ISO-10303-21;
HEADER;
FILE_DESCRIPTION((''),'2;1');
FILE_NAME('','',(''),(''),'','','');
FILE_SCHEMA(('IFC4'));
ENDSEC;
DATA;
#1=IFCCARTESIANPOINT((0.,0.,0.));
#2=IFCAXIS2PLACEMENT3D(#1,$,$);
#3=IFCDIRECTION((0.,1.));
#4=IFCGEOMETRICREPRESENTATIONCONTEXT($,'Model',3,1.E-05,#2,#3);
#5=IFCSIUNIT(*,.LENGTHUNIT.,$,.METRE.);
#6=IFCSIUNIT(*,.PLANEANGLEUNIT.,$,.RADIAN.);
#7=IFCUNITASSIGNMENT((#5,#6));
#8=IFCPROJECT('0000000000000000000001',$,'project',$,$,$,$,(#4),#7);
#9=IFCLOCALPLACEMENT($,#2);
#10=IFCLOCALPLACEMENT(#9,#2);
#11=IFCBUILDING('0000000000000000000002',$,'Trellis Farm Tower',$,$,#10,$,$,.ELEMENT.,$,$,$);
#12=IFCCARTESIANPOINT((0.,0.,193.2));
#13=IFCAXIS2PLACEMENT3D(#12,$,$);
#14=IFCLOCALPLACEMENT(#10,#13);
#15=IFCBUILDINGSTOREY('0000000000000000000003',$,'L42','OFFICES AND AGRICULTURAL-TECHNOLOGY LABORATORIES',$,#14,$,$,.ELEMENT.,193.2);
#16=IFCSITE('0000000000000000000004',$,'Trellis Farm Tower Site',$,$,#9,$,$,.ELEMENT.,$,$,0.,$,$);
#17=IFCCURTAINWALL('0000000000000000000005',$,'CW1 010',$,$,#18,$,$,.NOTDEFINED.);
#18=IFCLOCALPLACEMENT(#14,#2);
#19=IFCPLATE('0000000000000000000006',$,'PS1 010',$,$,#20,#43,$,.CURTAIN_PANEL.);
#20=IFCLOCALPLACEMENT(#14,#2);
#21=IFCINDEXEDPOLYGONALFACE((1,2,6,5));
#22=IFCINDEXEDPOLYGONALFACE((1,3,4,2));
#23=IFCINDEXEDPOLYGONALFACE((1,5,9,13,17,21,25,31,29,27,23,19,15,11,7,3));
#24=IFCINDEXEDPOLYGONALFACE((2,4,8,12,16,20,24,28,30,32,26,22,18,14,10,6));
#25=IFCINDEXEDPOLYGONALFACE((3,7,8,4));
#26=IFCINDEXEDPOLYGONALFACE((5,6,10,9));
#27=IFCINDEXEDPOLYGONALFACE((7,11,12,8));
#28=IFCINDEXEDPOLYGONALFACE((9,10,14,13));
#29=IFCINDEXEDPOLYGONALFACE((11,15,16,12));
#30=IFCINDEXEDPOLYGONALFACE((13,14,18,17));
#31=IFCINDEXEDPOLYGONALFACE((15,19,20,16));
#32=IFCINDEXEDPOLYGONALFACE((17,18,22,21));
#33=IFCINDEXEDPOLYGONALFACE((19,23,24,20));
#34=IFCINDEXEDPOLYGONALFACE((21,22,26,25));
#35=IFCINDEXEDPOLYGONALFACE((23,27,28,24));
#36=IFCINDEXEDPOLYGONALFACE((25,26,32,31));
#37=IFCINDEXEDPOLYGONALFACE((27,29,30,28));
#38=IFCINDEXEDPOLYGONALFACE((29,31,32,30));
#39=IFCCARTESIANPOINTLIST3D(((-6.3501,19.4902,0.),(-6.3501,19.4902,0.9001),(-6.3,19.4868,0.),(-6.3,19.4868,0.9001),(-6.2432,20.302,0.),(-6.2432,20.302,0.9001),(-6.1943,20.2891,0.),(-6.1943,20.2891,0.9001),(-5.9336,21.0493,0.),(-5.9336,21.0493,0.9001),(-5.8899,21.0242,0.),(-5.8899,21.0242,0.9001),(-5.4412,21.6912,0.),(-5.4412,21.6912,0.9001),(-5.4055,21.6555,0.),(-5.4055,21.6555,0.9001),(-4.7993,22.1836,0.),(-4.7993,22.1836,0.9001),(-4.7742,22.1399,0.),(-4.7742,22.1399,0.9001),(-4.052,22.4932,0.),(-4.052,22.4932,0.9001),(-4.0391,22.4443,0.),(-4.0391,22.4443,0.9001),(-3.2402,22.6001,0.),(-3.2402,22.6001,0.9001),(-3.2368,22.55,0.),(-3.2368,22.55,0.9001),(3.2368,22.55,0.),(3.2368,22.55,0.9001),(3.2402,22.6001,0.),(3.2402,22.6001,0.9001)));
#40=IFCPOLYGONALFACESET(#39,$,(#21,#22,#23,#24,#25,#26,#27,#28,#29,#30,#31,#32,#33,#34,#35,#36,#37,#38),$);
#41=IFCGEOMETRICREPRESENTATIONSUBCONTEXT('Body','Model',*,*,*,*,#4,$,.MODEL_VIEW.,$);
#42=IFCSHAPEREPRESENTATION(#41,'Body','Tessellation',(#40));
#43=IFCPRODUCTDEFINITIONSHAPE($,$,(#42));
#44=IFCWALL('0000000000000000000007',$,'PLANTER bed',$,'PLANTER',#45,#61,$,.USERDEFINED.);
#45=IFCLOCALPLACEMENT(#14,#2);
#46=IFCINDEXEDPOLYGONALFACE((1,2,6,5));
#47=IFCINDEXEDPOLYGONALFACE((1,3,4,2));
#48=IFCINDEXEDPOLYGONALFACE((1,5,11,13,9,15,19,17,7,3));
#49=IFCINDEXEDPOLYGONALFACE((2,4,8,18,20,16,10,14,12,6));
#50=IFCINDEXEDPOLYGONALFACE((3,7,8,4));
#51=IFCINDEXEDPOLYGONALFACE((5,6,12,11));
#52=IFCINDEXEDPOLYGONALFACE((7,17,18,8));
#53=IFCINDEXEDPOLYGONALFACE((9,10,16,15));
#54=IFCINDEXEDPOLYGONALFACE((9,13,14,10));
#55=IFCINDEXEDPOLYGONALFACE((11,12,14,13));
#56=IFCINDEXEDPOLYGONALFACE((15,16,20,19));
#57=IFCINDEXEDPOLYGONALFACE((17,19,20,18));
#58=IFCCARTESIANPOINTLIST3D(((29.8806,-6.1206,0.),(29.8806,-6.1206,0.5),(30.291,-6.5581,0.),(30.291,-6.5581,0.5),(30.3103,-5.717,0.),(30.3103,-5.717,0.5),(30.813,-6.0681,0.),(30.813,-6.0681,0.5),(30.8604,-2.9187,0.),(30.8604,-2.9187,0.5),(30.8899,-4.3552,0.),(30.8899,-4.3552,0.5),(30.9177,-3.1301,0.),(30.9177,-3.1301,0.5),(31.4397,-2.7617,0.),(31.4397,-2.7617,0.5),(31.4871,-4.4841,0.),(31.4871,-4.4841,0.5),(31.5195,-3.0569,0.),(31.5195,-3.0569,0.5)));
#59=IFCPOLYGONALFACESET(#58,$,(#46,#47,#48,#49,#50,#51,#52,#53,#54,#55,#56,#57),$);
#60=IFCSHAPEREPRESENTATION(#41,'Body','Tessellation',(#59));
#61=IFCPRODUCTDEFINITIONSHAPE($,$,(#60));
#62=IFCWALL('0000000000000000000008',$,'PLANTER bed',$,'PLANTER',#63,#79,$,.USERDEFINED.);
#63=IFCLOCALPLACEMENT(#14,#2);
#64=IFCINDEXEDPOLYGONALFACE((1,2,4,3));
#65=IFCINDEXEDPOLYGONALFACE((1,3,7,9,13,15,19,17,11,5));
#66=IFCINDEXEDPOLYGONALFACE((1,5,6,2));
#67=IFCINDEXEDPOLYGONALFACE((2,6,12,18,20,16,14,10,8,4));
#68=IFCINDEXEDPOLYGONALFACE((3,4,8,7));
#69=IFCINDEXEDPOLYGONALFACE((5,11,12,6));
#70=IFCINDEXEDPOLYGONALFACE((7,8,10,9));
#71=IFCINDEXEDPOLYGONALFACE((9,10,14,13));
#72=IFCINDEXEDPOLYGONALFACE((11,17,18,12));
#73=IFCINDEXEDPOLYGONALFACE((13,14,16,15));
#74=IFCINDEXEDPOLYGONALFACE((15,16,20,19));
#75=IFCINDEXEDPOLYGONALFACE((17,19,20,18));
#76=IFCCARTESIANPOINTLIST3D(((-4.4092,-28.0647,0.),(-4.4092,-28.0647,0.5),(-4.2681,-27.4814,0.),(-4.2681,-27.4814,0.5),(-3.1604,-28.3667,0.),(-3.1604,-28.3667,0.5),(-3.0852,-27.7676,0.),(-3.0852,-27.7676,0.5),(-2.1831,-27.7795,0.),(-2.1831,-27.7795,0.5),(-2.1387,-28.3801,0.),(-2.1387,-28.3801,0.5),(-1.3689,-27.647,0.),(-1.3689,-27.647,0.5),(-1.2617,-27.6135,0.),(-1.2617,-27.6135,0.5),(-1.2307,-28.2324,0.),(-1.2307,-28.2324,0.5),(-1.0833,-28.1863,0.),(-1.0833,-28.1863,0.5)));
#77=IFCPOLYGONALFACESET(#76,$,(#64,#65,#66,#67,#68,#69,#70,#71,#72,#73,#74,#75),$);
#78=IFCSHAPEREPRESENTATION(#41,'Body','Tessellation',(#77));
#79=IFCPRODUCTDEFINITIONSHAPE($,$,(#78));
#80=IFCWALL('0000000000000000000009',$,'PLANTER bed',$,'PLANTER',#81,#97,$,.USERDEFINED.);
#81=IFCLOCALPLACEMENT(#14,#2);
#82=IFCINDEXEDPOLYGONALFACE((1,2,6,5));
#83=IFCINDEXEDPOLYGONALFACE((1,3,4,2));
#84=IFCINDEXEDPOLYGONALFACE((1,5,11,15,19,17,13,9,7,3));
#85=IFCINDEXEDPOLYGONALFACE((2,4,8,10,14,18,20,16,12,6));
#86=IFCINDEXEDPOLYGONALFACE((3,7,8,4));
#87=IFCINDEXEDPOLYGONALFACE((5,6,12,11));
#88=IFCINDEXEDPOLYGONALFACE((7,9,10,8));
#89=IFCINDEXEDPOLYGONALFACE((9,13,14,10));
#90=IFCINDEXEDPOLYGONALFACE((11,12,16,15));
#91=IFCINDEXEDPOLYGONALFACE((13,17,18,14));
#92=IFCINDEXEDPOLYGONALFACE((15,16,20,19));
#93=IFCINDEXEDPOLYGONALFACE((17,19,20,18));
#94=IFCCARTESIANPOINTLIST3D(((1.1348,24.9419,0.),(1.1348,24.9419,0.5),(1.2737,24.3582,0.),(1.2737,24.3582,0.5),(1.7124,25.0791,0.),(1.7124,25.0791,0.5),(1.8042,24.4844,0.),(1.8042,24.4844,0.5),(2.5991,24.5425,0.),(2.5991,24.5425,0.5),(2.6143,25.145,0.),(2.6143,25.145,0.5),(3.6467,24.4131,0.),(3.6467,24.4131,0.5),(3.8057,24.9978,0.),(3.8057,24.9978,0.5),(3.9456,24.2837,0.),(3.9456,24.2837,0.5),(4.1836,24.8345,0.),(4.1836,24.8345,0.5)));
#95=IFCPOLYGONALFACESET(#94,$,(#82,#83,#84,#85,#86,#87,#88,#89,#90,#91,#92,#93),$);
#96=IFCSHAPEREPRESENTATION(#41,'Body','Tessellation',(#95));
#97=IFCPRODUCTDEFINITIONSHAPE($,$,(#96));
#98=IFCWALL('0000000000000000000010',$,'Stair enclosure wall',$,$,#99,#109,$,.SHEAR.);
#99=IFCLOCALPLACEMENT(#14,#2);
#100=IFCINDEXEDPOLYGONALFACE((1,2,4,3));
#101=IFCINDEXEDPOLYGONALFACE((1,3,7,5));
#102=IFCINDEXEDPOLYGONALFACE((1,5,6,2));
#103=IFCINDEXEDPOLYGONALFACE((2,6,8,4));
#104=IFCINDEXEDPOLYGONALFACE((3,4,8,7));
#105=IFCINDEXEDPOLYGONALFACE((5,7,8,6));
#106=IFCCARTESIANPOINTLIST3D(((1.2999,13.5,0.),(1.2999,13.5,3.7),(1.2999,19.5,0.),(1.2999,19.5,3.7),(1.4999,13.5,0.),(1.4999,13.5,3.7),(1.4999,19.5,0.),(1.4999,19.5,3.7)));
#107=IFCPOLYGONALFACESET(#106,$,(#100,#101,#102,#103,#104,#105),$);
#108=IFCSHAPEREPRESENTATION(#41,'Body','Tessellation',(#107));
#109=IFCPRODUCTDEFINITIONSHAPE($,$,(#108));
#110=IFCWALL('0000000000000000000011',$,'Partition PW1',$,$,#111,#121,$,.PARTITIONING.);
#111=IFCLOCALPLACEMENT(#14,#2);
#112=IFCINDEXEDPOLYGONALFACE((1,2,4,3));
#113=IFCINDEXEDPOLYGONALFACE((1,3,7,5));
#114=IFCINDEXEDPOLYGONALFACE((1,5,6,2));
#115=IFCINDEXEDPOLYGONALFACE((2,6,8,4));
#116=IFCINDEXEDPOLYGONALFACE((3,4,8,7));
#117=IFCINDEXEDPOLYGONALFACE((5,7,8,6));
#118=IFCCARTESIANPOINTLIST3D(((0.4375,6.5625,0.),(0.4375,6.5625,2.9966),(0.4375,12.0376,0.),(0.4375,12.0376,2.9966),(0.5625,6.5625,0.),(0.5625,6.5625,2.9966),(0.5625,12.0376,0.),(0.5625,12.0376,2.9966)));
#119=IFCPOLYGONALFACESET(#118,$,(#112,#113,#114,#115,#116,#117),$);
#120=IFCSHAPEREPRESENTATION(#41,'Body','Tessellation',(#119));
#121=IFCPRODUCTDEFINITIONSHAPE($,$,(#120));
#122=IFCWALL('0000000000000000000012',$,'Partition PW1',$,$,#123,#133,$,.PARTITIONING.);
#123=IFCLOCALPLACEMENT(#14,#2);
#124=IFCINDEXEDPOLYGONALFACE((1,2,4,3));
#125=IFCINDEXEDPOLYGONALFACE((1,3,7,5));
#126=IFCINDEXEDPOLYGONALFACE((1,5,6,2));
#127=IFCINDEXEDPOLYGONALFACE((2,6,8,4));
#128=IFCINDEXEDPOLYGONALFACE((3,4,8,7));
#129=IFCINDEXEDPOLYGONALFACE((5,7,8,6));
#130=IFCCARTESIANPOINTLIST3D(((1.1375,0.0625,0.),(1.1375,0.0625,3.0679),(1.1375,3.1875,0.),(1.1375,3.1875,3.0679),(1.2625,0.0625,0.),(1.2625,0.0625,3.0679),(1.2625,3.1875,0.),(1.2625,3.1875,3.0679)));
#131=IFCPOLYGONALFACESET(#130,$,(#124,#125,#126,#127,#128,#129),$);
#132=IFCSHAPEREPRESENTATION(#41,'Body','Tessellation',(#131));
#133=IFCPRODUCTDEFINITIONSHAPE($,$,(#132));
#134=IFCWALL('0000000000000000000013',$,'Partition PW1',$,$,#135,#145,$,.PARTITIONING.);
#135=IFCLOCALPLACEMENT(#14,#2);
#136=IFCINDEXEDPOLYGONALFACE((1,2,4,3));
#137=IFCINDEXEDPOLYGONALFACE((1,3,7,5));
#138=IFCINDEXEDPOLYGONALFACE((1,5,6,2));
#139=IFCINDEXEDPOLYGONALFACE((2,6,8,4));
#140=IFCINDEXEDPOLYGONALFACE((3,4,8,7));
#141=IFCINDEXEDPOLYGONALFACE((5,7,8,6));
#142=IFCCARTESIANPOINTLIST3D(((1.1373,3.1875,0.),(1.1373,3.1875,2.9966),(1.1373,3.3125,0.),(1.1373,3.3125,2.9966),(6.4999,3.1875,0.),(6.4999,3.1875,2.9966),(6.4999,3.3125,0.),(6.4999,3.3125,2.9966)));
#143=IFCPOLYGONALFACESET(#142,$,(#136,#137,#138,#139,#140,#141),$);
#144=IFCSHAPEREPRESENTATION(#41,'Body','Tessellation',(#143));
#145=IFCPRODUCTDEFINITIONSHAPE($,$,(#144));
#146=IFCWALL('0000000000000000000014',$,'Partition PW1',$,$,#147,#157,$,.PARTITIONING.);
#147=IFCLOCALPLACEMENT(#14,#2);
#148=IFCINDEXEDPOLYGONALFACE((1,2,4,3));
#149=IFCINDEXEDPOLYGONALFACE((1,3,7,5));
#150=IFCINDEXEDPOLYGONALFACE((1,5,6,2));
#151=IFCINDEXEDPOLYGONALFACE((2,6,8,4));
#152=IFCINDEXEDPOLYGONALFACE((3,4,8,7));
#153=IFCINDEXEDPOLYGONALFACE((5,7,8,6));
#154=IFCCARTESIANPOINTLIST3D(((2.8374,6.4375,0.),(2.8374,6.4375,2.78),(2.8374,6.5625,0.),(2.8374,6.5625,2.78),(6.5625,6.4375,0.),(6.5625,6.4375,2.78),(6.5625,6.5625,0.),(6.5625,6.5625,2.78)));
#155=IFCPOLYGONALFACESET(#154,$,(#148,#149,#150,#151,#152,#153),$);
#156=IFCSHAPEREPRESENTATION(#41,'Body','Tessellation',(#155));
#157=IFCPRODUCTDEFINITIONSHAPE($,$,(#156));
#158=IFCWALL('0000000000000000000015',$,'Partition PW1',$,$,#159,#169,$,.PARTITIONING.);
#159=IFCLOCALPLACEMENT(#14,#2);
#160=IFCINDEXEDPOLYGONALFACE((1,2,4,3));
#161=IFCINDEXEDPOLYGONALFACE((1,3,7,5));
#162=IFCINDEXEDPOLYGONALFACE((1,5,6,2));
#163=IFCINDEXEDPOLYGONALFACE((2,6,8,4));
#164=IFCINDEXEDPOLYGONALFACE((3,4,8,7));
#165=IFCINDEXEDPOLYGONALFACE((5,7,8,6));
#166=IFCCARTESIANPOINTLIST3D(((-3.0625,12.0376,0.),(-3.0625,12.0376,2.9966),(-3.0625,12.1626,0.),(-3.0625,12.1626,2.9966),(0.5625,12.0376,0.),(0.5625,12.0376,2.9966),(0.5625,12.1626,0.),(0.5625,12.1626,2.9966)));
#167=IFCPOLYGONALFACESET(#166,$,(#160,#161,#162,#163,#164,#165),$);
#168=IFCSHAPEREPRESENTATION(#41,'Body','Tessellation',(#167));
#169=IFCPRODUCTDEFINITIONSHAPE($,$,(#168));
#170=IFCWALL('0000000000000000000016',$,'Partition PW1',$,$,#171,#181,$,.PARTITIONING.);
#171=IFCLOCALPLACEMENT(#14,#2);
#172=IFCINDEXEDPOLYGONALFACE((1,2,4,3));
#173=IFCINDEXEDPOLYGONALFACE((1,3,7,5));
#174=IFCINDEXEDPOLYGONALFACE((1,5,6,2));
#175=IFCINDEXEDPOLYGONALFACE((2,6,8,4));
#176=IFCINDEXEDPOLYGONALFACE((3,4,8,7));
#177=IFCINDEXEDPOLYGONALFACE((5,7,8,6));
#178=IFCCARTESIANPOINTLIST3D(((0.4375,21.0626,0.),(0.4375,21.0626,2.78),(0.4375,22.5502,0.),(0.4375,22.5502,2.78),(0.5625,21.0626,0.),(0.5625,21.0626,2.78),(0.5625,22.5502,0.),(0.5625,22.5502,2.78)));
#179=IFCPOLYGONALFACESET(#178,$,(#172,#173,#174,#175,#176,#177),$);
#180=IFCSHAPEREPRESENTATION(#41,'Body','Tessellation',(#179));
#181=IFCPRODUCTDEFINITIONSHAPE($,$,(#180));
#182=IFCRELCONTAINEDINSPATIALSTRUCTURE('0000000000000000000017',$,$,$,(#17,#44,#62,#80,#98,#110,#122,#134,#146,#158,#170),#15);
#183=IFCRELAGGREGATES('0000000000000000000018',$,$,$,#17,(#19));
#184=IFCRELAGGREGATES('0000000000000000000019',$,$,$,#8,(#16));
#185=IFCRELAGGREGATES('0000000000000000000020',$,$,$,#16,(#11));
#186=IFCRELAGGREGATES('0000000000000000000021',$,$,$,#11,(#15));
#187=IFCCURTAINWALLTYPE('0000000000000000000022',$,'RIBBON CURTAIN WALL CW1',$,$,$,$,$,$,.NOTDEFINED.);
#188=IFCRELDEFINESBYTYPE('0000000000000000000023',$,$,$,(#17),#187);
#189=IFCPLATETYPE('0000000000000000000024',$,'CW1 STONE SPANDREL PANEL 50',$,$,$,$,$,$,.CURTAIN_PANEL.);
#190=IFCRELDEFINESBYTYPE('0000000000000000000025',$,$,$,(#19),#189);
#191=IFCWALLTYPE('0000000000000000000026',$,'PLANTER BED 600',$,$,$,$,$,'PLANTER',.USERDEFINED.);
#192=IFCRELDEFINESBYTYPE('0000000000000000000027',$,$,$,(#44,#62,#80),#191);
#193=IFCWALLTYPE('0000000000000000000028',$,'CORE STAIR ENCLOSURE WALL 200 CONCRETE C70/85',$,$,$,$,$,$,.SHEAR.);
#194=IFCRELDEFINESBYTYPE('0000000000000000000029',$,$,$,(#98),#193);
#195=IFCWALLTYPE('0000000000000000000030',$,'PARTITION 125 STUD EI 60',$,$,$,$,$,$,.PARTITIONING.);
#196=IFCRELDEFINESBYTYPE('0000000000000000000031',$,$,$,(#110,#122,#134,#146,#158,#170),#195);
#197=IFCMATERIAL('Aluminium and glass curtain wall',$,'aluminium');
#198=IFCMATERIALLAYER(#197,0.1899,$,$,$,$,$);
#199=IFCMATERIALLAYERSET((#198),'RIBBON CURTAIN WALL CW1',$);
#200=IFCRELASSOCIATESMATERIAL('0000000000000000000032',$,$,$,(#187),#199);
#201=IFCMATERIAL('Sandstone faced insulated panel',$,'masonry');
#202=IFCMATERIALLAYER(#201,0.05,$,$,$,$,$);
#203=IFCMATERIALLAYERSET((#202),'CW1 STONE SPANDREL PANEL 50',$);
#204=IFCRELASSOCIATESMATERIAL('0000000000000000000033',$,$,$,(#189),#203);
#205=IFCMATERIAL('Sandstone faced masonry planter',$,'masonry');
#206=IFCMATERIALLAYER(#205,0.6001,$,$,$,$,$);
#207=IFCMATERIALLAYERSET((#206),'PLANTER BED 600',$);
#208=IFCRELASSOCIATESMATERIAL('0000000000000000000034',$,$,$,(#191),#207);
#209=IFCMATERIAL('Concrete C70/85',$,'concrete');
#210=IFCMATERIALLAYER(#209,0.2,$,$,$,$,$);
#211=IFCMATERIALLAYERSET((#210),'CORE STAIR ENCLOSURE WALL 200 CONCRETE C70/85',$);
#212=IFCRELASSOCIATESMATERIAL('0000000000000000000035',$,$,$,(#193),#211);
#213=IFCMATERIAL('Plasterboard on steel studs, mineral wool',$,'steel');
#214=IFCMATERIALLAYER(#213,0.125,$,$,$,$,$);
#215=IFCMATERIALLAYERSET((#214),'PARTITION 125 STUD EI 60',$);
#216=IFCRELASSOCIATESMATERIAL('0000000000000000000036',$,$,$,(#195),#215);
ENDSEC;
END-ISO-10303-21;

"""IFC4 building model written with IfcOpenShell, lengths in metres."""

from ifc_helpers import new_model, si_unit, direction, frame, frame_2d, origin, place, context, subcontext, project, spatial, polyline, rectangle, outline, extrude, source, transform, mapped, material, layer, layer_set, type_object, element, aggregate, save


model = new_model("IFC4")

# Units and contexts
model_context = context("Model", 3, precision=1e-05, world=origin(), true_north=direction((0.0, 1.0)))
body_context = subcontext(model_context, "Body", "Model", "MODEL_VIEW")
ifc_project = project(units=[si_unit("LENGTHUNIT", "METRE"), si_unit("PLANEANGLEUNIT", "RADIAN")], contexts=[model_context])

# Site, building, storey
site_placement = place(None, origin())
site = spatial("IfcSite", under=ifc_project, at=site_placement, Name="Trellis Farm Tower Site", CompositionType="ELEMENT", RefElevation=0.0)
building_placement = place(site_placement, origin())
building = spatial("IfcBuilding", under=site, at=building_placement, Name="Trellis Farm Tower", CompositionType="ELEMENT")
storey_placement = place(building_placement, frame((0.0, 0.0, 193.2)))
storey = spatial("IfcBuildingStorey", under=building, at=storey_placement, Name="L42", Description="OFFICES AND AGRICULTURAL-TECHNOLOGY LABORATORIES", CompositionType="ELEMENT", Elevation=193.2)

# Curtain wall
ifc_material_1 = material(Name="Aluminium and glass curtain wall", Category="aluminium")
placement_1 = place(storey_placement, origin())
ifc_layer_1 = layer(ifc_material_1, 0.1899)
ifc_layer_set_1 = layer_set([ifc_layer_1], Name="RIBBON CURTAIN WALL CW1")
curtain_wall_type_1 = type_object("IfcCurtainWallType", Name="RIBBON CURTAIN WALL CW1", PredefinedType="NOTDEFINED", material=ifc_layer_set_1)
curtain_wall_1 = element("IfcCurtainWall", 1, at=placement_1, inside=storey, type_object=curtain_wall_type_1, Name="CW1 010", PredefinedType="NOTDEFINED")

# Plate
ifc_material_2 = material(Name="Sandstone faced insulated panel", Category="masonry")
ifc_layer_2 = layer(ifc_material_2, 0.05)
ifc_layer_set_2 = layer_set([ifc_layer_2], Name="CW1 STONE SPANDREL PANEL 50")
plate_type_1 = type_object("IfcPlateType", Name="CW1 STONE SPANDREL PANEL 50", PredefinedType="CURTAIN_PANEL", material=ifc_layer_set_2)
shared_shape_1 = source(origin(), body_context, "Body", "SweptSolid", [
    extrude(outline(polyline([(3.2402, 22.6001), (-3.2402, 22.6001), (-4.052, 22.4932), (-4.7993, 22.1836), (-5.4412, 21.6912), (-5.9336, 21.0493), (-6.2432, 20.302), (-6.3501, 19.4902), (-6.3, 19.4868), (-6.1943, 20.2891), (-5.8899, 21.0242), (-5.4055, 21.6555), (-4.7742, 22.1399), (-4.0391, 22.4443), (-3.2368, 22.55), (3.2368, 22.55), (3.2402, 22.6001)])), origin(), (0.0, 0.0, 1.0), 0.9001),
])
plate_1 = element("IfcPlate", 2, at=placement_1, type_object=plate_type_1, Name="PS1 010", PredefinedType="CURTAIN_PANEL", context=body_context, shape_type="MappedRepresentation", body=[
    mapped(shared_shape_1, transform((0.0, 0.0, 0.0))),
])
aggregate(curtain_wall_1, [plate_1])

# Walls
ifc_material_3 = material(Name="Sandstone faced masonry planter", Category="masonry")
ifc_layer_3 = layer(ifc_material_3, 0.6001)
ifc_layer_set_3 = layer_set([ifc_layer_3], Name="PLANTER BED 600")
wall_type_1 = type_object("IfcWallType", Name="PLANTER BED 600", ElementType="PLANTER", PredefinedType="USERDEFINED", material=ifc_layer_set_3)
element("IfcWall", 3, at=placement_1, inside=storey, type_object=wall_type_1, Name="PLANTER bed", ObjectType="PLANTER", PredefinedType="USERDEFINED", context=body_context, shape_type="SweptSolid", body=[
    extrude(outline(polyline([(31.5195, -3.0569), (31.4871, -4.4841), (30.813, -6.0681), (30.291, -6.5581), (29.8806, -6.1206), (30.3103, -5.717), (30.8899, -4.3552), (30.9177, -3.1301), (30.8604, -2.9187), (31.4397, -2.7617), (31.5195, -3.0569)])), origin(), (0.0, 0.0, 1.0), 0.5),
])
element("IfcWall", 4, at=placement_1, inside=storey, type_object=wall_type_1, Name="PLANTER bed", ObjectType="PLANTER", PredefinedType="USERDEFINED", context=body_context, shape_type="SweptSolid", body=[
    extrude(outline(polyline([(-2.1387, -28.3801), (-3.1604, -28.3667), (-4.4092, -28.0647), (-4.2681, -27.4814), (-3.0852, -27.7676), (-2.1831, -27.7795), (-1.3689, -27.647), (-1.2617, -27.6135), (-1.0833, -28.1863), (-1.2307, -28.2324), (-2.1387, -28.3801)])), origin(), (0.0, 0.0, 1.0), 0.5),
])
element("IfcWall", 5, at=placement_1, inside=storey, type_object=wall_type_1, Name="PLANTER bed", ObjectType="PLANTER", PredefinedType="USERDEFINED", context=body_context, shape_type="SweptSolid", body=[
    extrude(outline(polyline([(2.6143, 25.145), (3.8057, 24.9978), (4.1836, 24.8345), (3.9456, 24.2837), (3.6467, 24.4131), (2.5991, 24.5425), (1.8042, 24.4844), (1.2737, 24.3582), (1.1348, 24.9419), (1.7124, 25.0791), (2.6143, 25.145)])), origin(), (0.0, 0.0, 1.0), 0.5),
])
ifc_material_4 = material(Name="Concrete C70/85", Category="concrete")
ifc_layer_4 = layer(ifc_material_4, 0.2)
ifc_layer_set_4 = layer_set([ifc_layer_4], Name="CORE STAIR ENCLOSURE WALL 200 CONCRETE C70/85")
wall_type_2 = type_object("IfcWallType", Name="CORE STAIR ENCLOSURE WALL 200 CONCRETE C70/85", PredefinedType="SHEAR", material=ifc_layer_set_4)
shared_shape_2 = source(origin(), body_context, "Body", "SweptSolid", [
    extrude(rectangle(XDim=6.0, YDim=0.2, at=frame_2d((3.0, 0.0))), origin(), (0.0, 0.0, 1.0), 3.7),
])
wall_1_placement = place(storey_placement, frame((1.3999, 13.5, 0.0), z_axis=(0.0, 0.0, 1.0), x_axis=(0.0, 1.0, 0.0)))
element("IfcWall", 6, at=wall_1_placement, inside=storey, type_object=wall_type_2, Name="Stair enclosure wall", PredefinedType="SHEAR", context=body_context, shape_type="MappedRepresentation", body=[
    mapped(shared_shape_2, transform((0.0, 0.0, 0.0))),
])
ifc_material_5 = material(Name="Plasterboard on steel studs, mineral wool", Category="steel")
ifc_layer_5 = layer(ifc_material_5, 0.125)
ifc_layer_set_5 = layer_set([ifc_layer_5], Name="PARTITION 125 STUD EI 60")
wall_type_3 = type_object("IfcWallType", Name="PARTITION 125 STUD EI 60", PredefinedType="PARTITIONING", material=ifc_layer_set_5)
shared_shape_3 = source(origin(), body_context, "Body", "SweptSolid", [
    extrude(rectangle(XDim=5.4751, YDim=0.125, at=frame_2d((2.7375, 0.0))), origin(), (0.0, 0.0, 1.0), 2.9966),
])
wall_2_placement = place(storey_placement, frame((0.5, 12.0376, 0.0), z_axis=(0.0, 0.0, 1.0), x_axis=(0.0, -1.0, 0.0)))
element("IfcWall", 7, at=wall_2_placement, inside=storey, type_object=wall_type_3, Name="Partition PW1", PredefinedType="PARTITIONING", context=body_context, shape_type="MappedRepresentation", body=[
    mapped(shared_shape_3, transform((0.0, 0.0, 0.0))),
])
shared_shape_4 = source(origin(), body_context, "Body", "SweptSolid", [
    extrude(rectangle(XDim=3.125, YDim=0.125, at=frame_2d((1.5625, 0.0))), origin(), (0.0, 0.0, 1.0), 3.0679),
])
wall_3_placement = place(storey_placement, frame((1.2, 3.1875, 0.0), z_axis=(0.0, 0.0, 1.0), x_axis=(0.0, -1.0, 0.0)))
element("IfcWall", 8, at=wall_3_placement, inside=storey, type_object=wall_type_3, Name="Partition PW1", PredefinedType="PARTITIONING", context=body_context, shape_type="MappedRepresentation", body=[
    mapped(shared_shape_4, transform((0.0, 0.0, 0.0))),
])
shared_shape_5 = source(origin(), body_context, "Body", "SweptSolid", [
    extrude(rectangle(XDim=5.3625, YDim=0.125, at=frame_2d((2.6812, 0.0))), origin(), (0.0, 0.0, 1.0), 2.9966),
])
wall_4_placement = place(storey_placement, frame((1.1375, 3.25, 0.0), z_axis=(0.0, 0.0, 1.0), x_axis=(1.0, 0.0, 0.0)))
element("IfcWall", 9, at=wall_4_placement, inside=storey, type_object=wall_type_3, Name="Partition PW1", PredefinedType="PARTITIONING", context=body_context, shape_type="MappedRepresentation", body=[
    mapped(shared_shape_5, transform((0.0, 0.0, 0.0))),
])
shared_shape_6 = source(origin(), body_context, "Body", "SweptSolid", [
    extrude(rectangle(XDim=3.7251, YDim=0.125, at=frame_2d((1.8625, 0.0))), origin(), (0.0, 0.0, 1.0), 2.78),
])
wall_5_placement = place(storey_placement, frame((2.8374, 6.5, 0.0), z_axis=(0.0, 0.0, 1.0), x_axis=(1.0, 0.0, 0.0)))
element("IfcWall", 10, at=wall_5_placement, inside=storey, type_object=wall_type_3, Name="Partition PW1", PredefinedType="PARTITIONING", context=body_context, shape_type="MappedRepresentation", body=[
    mapped(shared_shape_6, transform((0.0, 0.0, 0.0))),
])
shared_shape_7 = source(origin(), body_context, "Body", "SweptSolid", [
    extrude(rectangle(XDim=3.625, YDim=0.125, at=frame_2d((1.8125, 0.0))), origin(), (0.0, 0.0, 1.0), 2.9966),
])
wall_6_placement = place(storey_placement, frame((0.5625, 12.1001, 0.0), z_axis=(0.0, 0.0, 1.0), x_axis=(-1.0, 0.0, 0.0)))
element("IfcWall", 11, at=wall_6_placement, inside=storey, type_object=wall_type_3, Name="Partition PW1", PredefinedType="PARTITIONING", context=body_context, shape_type="MappedRepresentation", body=[
    mapped(shared_shape_7, transform((0.0, 0.0, 0.0))),
])
shared_shape_8 = source(origin(), body_context, "Body", "SweptSolid", [
    extrude(rectangle(XDim=1.4875, YDim=0.125, at=frame_2d((0.7437, 0.0))), origin(), (0.0, 0.0, 1.0), 2.78),
])
wall_7_placement = place(storey_placement, frame((0.5, 22.55, 0.0), z_axis=(0.0, 0.0, 1.0), x_axis=(0.0, -1.0, 0.0)))
element("IfcWall", 12, at=wall_7_placement, inside=storey, type_object=wall_type_3, Name="Partition PW1", PredefinedType="PARTITIONING", context=body_context, shape_type="MappedRepresentation", body=[
    mapped(shared_shape_8, transform((0.0, 0.0, 0.0))),
])

save(model, "model.ifc")
